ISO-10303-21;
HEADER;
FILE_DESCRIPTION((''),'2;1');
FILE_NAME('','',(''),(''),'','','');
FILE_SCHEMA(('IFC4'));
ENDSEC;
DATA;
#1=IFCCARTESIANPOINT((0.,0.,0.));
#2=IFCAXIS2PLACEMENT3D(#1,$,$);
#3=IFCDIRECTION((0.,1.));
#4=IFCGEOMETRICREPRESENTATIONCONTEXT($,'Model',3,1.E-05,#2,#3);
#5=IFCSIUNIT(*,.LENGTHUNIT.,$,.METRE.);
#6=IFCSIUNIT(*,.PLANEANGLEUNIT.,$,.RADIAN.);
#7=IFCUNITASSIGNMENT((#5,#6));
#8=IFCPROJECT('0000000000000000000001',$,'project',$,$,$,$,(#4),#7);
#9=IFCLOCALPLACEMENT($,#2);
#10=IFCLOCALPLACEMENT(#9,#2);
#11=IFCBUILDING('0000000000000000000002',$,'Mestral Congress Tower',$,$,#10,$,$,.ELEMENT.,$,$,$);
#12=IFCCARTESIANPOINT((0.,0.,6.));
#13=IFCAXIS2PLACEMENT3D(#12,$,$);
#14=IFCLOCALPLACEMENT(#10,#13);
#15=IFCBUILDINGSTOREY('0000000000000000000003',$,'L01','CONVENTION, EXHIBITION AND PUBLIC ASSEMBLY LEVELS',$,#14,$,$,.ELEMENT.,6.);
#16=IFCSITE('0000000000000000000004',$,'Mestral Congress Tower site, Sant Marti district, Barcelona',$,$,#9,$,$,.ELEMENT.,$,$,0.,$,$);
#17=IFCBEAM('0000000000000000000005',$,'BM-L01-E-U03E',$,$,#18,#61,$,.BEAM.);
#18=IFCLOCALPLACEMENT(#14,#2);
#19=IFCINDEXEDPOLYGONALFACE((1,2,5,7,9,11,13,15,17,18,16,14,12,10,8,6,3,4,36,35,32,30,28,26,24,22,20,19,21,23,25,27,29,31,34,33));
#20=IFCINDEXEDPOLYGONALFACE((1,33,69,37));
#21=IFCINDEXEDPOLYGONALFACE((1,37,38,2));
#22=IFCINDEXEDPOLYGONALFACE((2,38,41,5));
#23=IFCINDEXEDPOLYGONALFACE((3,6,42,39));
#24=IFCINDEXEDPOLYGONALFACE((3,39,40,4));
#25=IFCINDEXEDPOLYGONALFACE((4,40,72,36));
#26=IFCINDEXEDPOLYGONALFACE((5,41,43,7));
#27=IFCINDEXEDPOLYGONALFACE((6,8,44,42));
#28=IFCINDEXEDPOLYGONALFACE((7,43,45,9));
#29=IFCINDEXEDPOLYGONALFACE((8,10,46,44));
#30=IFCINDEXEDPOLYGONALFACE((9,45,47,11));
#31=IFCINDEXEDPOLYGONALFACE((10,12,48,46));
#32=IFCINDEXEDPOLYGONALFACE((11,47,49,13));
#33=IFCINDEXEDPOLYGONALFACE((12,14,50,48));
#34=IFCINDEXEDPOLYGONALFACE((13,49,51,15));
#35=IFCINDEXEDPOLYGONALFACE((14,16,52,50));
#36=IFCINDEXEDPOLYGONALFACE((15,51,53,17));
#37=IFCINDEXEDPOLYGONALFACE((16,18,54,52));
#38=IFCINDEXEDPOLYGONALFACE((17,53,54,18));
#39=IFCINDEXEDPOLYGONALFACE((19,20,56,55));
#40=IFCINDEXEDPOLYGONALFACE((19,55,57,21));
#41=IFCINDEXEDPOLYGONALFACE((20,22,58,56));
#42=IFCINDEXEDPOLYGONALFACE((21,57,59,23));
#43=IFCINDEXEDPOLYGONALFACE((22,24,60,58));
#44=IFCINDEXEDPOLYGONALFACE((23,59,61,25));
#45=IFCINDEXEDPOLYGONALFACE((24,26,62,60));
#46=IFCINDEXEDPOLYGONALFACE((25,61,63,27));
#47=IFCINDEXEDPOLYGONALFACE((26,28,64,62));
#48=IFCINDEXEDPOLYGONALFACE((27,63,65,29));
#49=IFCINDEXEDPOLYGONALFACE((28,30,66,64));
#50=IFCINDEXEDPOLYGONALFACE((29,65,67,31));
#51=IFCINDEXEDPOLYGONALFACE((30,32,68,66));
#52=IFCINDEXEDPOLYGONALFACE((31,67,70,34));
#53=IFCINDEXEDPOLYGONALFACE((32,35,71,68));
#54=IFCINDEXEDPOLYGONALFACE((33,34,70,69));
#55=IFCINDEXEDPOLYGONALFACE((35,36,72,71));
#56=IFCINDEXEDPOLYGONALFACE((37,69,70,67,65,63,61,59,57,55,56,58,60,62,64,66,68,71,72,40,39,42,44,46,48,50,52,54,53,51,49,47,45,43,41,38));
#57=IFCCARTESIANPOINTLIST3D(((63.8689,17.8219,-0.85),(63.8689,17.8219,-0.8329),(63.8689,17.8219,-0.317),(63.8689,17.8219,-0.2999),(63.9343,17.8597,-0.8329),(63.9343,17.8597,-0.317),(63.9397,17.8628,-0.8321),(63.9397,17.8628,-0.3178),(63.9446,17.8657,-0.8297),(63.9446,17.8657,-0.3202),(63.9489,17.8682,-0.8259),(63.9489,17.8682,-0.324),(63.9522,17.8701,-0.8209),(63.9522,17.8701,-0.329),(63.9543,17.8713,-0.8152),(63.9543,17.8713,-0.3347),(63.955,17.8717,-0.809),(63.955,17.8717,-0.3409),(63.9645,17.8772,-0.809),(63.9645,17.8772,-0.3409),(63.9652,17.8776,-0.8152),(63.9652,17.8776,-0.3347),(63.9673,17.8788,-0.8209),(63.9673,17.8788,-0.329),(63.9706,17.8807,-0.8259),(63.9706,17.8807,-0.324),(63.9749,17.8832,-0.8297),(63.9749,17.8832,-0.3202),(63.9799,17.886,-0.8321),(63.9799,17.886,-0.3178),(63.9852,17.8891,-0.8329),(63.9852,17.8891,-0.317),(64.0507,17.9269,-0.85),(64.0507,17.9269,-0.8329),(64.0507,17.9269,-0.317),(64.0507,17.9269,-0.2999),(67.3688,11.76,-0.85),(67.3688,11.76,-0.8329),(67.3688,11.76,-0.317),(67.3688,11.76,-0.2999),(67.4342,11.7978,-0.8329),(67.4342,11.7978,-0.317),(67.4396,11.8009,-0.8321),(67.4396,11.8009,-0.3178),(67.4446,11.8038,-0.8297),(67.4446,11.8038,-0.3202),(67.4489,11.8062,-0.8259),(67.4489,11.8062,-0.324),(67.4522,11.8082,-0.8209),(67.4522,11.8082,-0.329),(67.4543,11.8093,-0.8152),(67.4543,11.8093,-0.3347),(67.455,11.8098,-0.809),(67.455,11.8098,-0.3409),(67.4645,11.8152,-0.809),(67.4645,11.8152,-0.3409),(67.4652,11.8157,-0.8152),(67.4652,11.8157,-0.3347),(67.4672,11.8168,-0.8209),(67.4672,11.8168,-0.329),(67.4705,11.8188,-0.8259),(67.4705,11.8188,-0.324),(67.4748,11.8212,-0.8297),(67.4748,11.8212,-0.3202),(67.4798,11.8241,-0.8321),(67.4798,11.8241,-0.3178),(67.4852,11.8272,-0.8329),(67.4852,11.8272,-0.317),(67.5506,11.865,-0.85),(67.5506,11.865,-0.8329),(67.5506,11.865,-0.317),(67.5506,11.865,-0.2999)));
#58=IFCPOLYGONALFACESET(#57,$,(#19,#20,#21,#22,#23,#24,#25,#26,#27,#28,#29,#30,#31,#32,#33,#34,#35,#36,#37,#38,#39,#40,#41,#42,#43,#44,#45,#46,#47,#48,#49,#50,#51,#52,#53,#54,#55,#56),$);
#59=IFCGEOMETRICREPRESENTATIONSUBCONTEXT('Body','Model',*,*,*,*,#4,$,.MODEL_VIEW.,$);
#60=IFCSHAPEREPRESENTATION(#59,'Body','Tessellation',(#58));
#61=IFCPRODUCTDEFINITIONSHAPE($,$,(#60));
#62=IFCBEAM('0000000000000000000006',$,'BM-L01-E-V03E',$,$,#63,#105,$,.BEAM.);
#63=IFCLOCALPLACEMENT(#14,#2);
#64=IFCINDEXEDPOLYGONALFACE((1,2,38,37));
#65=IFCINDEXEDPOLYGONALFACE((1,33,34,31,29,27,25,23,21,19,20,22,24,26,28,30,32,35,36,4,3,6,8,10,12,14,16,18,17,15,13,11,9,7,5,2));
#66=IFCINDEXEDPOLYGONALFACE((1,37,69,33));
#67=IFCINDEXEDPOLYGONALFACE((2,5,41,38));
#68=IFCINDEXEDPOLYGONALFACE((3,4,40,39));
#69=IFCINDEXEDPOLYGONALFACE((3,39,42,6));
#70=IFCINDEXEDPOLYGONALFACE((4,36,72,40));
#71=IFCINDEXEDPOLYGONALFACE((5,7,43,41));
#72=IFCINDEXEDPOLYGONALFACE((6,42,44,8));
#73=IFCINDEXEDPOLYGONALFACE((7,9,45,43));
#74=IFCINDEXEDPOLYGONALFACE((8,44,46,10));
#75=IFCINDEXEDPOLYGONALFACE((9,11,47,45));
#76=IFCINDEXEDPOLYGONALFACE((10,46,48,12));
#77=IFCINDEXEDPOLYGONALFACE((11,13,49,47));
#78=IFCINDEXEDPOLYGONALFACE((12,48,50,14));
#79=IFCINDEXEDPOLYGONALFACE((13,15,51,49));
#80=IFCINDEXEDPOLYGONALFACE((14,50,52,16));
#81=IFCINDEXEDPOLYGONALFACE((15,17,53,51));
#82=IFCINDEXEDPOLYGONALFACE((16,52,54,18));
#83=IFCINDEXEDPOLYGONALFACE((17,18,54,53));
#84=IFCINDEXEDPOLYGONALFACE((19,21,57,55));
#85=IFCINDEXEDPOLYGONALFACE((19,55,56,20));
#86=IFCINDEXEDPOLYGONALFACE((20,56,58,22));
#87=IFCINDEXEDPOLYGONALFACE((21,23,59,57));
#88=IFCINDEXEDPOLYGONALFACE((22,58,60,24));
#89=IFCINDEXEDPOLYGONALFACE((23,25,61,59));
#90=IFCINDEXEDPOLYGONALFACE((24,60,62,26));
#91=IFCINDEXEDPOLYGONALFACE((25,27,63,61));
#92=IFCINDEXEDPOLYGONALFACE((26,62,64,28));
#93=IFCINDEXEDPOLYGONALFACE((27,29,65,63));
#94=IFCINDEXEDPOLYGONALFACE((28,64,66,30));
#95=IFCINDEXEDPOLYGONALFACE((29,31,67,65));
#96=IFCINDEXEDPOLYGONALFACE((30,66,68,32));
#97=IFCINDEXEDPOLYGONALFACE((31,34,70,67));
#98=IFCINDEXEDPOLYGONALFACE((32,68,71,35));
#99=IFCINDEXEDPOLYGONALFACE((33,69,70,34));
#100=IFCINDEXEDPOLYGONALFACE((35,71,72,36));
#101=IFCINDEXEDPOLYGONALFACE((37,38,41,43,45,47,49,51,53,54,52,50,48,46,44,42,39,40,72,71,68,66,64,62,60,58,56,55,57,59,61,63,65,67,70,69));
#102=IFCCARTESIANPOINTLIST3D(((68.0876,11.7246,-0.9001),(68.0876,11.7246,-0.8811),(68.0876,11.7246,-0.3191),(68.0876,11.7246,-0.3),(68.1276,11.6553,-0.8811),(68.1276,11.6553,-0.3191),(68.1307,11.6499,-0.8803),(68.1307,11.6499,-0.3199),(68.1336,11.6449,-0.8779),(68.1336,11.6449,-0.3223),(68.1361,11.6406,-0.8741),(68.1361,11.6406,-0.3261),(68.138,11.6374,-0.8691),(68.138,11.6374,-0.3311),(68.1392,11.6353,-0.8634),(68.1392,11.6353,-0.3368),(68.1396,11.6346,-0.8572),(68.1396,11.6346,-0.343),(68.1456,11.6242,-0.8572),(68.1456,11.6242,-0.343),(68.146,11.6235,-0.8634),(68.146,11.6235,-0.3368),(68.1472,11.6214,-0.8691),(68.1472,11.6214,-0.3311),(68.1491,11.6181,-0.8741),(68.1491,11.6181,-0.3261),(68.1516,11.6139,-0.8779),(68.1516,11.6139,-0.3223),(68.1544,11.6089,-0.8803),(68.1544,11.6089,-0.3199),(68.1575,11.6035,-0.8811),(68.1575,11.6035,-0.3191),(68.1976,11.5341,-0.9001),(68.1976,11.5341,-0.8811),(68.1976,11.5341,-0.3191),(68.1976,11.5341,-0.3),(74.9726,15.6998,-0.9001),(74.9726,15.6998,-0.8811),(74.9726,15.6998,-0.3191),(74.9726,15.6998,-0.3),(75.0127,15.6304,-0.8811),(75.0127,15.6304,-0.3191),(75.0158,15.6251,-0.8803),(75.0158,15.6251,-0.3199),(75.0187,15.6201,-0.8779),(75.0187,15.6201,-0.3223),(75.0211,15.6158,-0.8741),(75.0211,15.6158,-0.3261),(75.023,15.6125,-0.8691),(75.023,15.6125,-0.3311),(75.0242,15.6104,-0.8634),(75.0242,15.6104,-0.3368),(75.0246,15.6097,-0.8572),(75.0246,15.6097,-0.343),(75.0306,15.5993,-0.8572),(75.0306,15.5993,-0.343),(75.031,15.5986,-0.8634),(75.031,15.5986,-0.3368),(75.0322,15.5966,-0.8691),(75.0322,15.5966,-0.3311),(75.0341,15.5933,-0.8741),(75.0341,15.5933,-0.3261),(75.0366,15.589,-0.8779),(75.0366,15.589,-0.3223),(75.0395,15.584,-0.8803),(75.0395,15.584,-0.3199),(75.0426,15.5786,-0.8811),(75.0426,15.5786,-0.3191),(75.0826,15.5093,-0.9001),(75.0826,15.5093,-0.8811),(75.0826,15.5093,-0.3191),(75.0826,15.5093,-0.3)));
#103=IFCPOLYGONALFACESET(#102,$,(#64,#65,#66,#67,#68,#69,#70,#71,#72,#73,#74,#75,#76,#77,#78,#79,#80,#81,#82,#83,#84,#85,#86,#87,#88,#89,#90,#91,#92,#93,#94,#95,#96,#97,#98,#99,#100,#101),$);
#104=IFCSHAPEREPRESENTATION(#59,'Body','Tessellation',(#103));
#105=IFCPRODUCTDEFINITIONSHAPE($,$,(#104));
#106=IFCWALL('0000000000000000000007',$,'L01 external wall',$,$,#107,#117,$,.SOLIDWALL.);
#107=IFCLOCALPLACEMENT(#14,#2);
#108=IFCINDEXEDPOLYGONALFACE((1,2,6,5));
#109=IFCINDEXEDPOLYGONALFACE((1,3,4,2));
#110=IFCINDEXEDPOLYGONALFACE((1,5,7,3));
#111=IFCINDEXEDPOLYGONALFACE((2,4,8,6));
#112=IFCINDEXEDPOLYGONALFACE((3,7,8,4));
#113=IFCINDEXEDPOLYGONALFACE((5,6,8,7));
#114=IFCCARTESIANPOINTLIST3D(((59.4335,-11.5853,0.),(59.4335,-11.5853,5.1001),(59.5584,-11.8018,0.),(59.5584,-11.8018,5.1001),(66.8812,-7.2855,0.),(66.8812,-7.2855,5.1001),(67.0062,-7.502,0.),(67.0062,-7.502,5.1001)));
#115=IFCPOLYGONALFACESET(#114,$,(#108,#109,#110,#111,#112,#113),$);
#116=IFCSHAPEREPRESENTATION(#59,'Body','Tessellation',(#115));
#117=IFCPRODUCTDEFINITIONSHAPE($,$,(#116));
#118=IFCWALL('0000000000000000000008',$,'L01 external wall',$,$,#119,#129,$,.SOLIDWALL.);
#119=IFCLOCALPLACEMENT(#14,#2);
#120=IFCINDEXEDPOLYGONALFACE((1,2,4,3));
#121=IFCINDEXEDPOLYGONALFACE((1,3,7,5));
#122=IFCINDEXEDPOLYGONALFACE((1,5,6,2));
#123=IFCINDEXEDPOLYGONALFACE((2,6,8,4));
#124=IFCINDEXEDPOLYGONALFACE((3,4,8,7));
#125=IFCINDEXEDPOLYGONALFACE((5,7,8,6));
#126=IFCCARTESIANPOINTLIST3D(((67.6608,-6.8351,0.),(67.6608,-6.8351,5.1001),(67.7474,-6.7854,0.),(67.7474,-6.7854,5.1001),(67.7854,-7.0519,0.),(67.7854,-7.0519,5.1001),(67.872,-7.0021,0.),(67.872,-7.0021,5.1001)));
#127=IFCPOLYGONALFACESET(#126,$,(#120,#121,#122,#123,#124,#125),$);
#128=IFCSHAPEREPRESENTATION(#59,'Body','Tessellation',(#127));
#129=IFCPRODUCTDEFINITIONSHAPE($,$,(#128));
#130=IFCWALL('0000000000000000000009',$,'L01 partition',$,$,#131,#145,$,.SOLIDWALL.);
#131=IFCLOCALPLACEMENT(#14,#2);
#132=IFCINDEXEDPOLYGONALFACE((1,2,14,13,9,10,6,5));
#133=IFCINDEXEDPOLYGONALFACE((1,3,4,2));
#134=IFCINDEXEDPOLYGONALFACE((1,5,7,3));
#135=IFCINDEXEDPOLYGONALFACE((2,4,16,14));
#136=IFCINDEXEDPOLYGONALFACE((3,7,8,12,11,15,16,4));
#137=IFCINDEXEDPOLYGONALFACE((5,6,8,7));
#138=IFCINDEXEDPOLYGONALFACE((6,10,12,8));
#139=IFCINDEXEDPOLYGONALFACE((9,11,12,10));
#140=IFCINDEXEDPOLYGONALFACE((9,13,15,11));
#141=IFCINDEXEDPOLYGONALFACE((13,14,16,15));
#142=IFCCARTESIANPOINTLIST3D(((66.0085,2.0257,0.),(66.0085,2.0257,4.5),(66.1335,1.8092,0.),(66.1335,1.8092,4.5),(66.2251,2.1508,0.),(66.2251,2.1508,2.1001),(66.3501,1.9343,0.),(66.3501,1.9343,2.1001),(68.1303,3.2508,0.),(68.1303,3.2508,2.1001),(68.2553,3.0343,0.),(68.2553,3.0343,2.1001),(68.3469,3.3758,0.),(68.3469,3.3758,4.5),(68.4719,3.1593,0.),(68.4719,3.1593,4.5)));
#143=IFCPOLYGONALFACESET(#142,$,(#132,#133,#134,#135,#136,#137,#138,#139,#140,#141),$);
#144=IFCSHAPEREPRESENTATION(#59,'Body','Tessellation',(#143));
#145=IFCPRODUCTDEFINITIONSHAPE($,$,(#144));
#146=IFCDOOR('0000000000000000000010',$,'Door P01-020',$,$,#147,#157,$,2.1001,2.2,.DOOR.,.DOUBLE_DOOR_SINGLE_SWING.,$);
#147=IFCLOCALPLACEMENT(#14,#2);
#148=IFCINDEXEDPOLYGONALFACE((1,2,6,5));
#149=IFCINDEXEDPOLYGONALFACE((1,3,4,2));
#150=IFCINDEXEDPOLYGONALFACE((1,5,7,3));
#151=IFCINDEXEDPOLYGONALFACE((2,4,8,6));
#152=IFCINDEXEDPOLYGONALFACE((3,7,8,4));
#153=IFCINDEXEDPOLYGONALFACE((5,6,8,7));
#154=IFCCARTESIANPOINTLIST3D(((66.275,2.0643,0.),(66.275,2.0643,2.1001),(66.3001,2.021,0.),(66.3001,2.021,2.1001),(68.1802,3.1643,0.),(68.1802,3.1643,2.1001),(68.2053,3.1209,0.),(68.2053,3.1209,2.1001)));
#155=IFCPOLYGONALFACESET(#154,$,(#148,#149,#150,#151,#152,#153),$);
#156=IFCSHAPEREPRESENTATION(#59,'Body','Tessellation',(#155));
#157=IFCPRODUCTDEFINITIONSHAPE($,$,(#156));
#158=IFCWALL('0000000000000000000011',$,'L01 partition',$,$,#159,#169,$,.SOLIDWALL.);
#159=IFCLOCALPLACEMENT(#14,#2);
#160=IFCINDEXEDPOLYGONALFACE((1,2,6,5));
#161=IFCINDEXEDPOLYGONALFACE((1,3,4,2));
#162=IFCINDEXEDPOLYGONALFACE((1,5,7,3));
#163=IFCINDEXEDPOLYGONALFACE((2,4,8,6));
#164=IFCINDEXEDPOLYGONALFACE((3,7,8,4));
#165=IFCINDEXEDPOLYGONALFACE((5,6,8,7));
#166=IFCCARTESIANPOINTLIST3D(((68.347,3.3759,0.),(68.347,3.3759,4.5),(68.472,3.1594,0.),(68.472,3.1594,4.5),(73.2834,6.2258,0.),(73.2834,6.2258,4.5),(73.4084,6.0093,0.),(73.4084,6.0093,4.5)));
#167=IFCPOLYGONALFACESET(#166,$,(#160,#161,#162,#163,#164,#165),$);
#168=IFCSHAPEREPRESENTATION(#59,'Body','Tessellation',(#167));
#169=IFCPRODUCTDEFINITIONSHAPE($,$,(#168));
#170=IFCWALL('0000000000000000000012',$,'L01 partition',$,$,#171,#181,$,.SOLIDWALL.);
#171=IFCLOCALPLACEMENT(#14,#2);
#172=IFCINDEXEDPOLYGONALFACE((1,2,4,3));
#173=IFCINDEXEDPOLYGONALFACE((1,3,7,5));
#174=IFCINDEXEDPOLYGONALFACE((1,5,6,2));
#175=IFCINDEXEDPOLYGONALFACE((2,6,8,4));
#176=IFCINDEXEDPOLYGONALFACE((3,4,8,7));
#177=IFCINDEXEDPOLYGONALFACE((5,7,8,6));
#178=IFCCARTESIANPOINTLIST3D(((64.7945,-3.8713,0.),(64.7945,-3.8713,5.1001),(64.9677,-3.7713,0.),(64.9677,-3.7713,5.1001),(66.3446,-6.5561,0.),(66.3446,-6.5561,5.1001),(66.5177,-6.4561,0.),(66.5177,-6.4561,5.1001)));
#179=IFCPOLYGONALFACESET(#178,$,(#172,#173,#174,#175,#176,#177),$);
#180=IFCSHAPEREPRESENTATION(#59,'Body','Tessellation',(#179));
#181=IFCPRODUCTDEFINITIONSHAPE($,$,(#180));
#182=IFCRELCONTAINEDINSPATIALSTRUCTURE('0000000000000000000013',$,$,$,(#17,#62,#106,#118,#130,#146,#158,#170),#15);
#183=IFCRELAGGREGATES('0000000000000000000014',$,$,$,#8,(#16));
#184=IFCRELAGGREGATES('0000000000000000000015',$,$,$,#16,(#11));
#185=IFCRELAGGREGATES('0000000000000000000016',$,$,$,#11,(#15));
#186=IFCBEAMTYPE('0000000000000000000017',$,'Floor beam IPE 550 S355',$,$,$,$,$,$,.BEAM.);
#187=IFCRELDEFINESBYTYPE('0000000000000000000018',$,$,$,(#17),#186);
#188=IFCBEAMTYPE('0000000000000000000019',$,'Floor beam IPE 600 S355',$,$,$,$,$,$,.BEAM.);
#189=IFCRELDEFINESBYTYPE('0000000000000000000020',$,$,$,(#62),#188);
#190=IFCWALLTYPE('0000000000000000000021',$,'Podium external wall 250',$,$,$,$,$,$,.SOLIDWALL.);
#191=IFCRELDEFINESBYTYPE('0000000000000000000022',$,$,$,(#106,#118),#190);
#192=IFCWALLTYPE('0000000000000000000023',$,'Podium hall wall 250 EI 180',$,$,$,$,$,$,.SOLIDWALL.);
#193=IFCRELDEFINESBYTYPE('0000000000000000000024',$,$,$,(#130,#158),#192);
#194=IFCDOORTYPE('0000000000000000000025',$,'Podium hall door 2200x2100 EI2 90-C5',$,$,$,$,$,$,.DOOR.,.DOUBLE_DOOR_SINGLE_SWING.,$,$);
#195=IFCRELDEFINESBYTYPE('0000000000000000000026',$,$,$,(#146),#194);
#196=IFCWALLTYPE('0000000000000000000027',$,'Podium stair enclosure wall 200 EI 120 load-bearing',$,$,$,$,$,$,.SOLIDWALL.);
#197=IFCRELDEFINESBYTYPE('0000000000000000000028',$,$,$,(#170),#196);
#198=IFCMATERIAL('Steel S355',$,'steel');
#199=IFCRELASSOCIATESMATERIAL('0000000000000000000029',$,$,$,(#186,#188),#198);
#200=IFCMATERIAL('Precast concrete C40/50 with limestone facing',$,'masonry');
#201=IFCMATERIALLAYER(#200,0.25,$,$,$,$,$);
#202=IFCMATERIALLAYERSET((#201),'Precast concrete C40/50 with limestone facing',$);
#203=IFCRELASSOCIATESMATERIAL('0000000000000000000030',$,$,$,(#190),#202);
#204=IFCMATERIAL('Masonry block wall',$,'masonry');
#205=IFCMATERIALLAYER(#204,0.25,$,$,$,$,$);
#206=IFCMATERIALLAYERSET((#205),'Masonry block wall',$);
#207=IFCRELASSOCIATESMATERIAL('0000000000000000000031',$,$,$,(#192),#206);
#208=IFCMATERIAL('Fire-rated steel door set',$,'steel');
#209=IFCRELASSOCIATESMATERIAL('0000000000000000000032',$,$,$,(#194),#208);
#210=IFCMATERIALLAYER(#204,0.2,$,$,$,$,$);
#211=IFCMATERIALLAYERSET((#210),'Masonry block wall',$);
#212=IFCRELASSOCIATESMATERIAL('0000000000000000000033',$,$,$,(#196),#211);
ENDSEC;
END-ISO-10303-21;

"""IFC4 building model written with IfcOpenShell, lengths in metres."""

from ifc_helpers import new_model, si_unit, direction, frame, frame_2d, origin, origin_2d, place, context, subcontext, project, spatial, rectangle, i_section, extrude, material, layer, layer_set, material_profile, profile_set, type_object, element, fill, save


model = new_model("IFC4")

# Units and contexts
model_context = context("Model", 3, precision=1e-05, world=origin(), true_north=direction((0.0, 1.0)))
body_context = subcontext(model_context, "Body", "Model", "MODEL_VIEW")
ifc_project = project(units=[si_unit("LENGTHUNIT", "METRE"), si_unit("PLANEANGLEUNIT", "RADIAN")], contexts=[model_context])

# Site, building, storey
site_placement = place(None, origin())
site = spatial("IfcSite", under=ifc_project, at=site_placement, Name="Mestral Congress Tower site, Sant Marti district, Barcelona", CompositionType="ELEMENT", RefElevation=0.0)
building_placement = place(site_placement, origin())
building = spatial("IfcBuilding", under=site, at=building_placement, Name="Mestral Congress Tower", CompositionType="ELEMENT")
storey_placement = place(building_placement, frame((0.0, 0.0, 6.0)))
storey = spatial("IfcBuildingStorey", under=building, at=storey_placement, Name="L01", Description="CONVENTION, EXHIBITION AND PUBLIC ASSEMBLY LEVELS", CompositionType="ELEMENT", Elevation=6.0)

# Beams
ifc_material_1 = material(Name="Steel S355", Category="steel")
ifc_material_profile_1 = material_profile(ifc_material_1, i_section(OverallWidth=0.21, OverallDepth=0.55, WebThickness=0.011, FlangeThickness=0.0171, FilletRadius=0.0239, at=origin_2d()), Name="IPE 550")
ifc_profile_set_1 = profile_set([ifc_material_profile_1], Name="Steel S355")
beam_type_1 = type_object("IfcBeamType", Name="Floor beam IPE 550 S355", PredefinedType="BEAM", material=ifc_profile_set_1)
for number, where, z_axis, x_axis, name in (
    (1, (67.4597, 11.8125, -0.575), (-0.50001, 0.866019, 0.0), (-0.866019, -0.50001, 0.0), "BM-L01-E-U03E"),
):
    element("IfcBeam", number, at=place(storey_placement, frame(where, z_axis=z_axis, x_axis=x_axis)), inside=storey, type_object=beam_type_1, Name=name, PredefinedType="BEAM", context=body_context, shape_type="SweptSolid", body=[
        extrude(i_section(OverallWidth=0.21, OverallDepth=0.55, WebThickness=0.011, FlangeThickness=0.0171, FilletRadius=0.0239, at=origin_2d()), origin(), (0.0, 0.0, 1.0), 6.9998),
    ])
ifc_material_profile_2 = material_profile(ifc_material_1, i_section(OverallWidth=0.22, OverallDepth=0.6001, WebThickness=0.012, FlangeThickness=0.019, FilletRadius=0.0239, at=origin_2d()), Name="IPE 600")
ifc_profile_set_2 = profile_set([ifc_material_profile_2], Name="Steel S355")
beam_type_2 = type_object("IfcBeamType", Name="Floor beam IPE 600 S355", PredefinedType="BEAM", material=ifc_profile_set_2)
beam_1_placement = place(storey_placement, frame((68.1426, 11.6294, -0.6001), z_axis=(0.866023, 0.500003, 0.0), x_axis=(-0.500003, 0.866023, 0.0)))
element("IfcBeam", 2, at=beam_1_placement, inside=storey, type_object=beam_type_2, Name="BM-L01-E-V03E", PredefinedType="BEAM", context=body_context, shape_type="SweptSolid", body=[
    extrude(i_section(OverallWidth=0.22, OverallDepth=0.6001, WebThickness=0.012, FlangeThickness=0.019, FilletRadius=0.0239, at=origin_2d()), origin(), (0.0, 0.0, 1.0), 7.9502),
])

# Walls
ifc_material_2 = material(Name="Precast concrete C40/50 with limestone facing", Category="masonry")
ifc_layer_1 = layer(ifc_material_2, 0.25)
ifc_layer_set_1 = layer_set([ifc_layer_1], Name="Precast concrete C40/50 with limestone facing")
wall_type_1 = type_object("IfcWallType", Name="Podium external wall 250", PredefinedType="SOLIDWALL", material=ifc_layer_set_1)
wall_1_placement = place(storey_placement, frame((66.9436, -7.3938, 0.0), z_axis=(0.0, 0.0, 1.0), x_axis=(-0.866033, -0.499986, 0.0)))
element("IfcWall", 3, at=wall_1_placement, inside=storey, type_object=wall_type_1, Name="L01 external wall", PredefinedType="SOLIDWALL", context=body_context, shape_type="SweptSolid", body=[
    extrude(rectangle(XDim=8.5999, YDim=0.25, at=frame_2d((4.2998, 0.0))), origin(), (0.0, 0.0, 1.0), 5.1001),
])
wall_2_placement = place(storey_placement, frame((67.8096, -6.8938, 0.0), z_axis=(0.0, 0.0, 1.0), x_axis=(-0.867038, -0.498242, 0.0)))
element("IfcWall", 4, at=wall_2_placement, inside=storey, type_object=wall_type_1, Name="L01 external wall", PredefinedType="SOLIDWALL", context=body_context, shape_type="SweptSolid", body=[
    extrude(rectangle(XDim=0.0999, YDim=0.25, at=frame_2d((0.0498, 0.0))), origin(), (0.0, 0.0, 1.0), 5.1001),
])

# Wall, opening, door
ifc_material_3 = material(Name="Masonry block wall", Category="masonry")
ifc_layer_2 = layer(ifc_material_3, 0.25)
ifc_layer_set_2 = layer_set([ifc_layer_2], Name="Masonry block wall")
wall_type_2 = type_object("IfcWallType", Name="Podium hall wall 250 EI 180", PredefinedType="SOLIDWALL", material=ifc_layer_set_2)
wall_3_placement = place(storey_placement, frame((68.4094, 3.2676, 0.0), z_axis=(0.0, 0.0, 1.0), x_axis=(-0.86602, -0.500009, 0.0)))
wall_3 = element("IfcWall", 5, at=wall_3_placement, inside=storey, type_object=wall_type_2, Name="L01 partition", PredefinedType="SOLIDWALL", context=body_context, shape_type="SweptSolid", body=[
    extrude(rectangle(XDim=2.7002, YDim=0.25, at=frame_2d((1.3501, 0.0))), origin(), (0.0, 0.0, 1.0), 4.5),
])
opening_1_placement = place(wall_3_placement, frame((0.25, 0.0, 0.0)))
opening_1 = element("IfcOpeningElement", 6, at=opening_1_placement, cuts=wall_3, PredefinedType="OPENING", context=body_context, shape_type="SweptSolid", body=[
    extrude(rectangle(XDim=2.2, YDim=2.1001, at=frame_2d((1.1001, 1.05))), frame((0.0, 0.135, 0.0), z_axis=(0.0, -1.0, 0.0), x_axis=(1.0, 0.0, 0.0)), (0.0, 0.0, 1.0), 0.27),
])
ifc_material_4 = material(Name="Fire-rated steel door set", Category="steel")
door_type_1 = type_object("IfcDoorType", Name="Podium hall door 2200x2100 EI2 90-C5", OperationType="DOUBLE_DOOR_SINGLE_SWING", PredefinedType="DOOR", material=ifc_material_4)
door_1_placement = place(opening_1_placement, origin())
door_1 = element("IfcDoor", 7, at=door_1_placement, inside=storey, type_object=door_type_1, Name="Door P01-020", OperationType="DOUBLE_DOOR_SINGLE_SWING", OverallHeight=2.1001, OverallWidth=2.2, PredefinedType="DOOR", context=body_context, shape_type="SweptSolid", body=[
    extrude(rectangle(XDim=2.2, YDim=2.1001, at=frame_2d((1.1001, 1.05))), frame((0.0, 0.0249, 0.0), z_axis=(0.0, -1.0, 0.0), x_axis=(1.0, 0.0, 0.0)), (0.0, 0.0, 1.0), 0.05),
])
fill(opening_1, door_1)

# Walls
wall_4_placement = place(storey_placement, frame((68.4094, 3.2676, 0.0), z_axis=(0.0, 0.0, 1.0), x_axis=(0.866034, 0.499986, 0.0)))
element("IfcWall", 8, at=wall_4_placement, inside=storey, type_object=wall_type_2, Name="L01 partition", PredefinedType="SOLIDWALL", context=body_context, shape_type="SweptSolid", body=[
    extrude(rectangle(XDim=5.7, YDim=0.25, at=frame_2d((2.8501, 0.0))), origin(), (0.0, 0.0, 1.0), 4.5),
])
ifc_layer_3 = layer(ifc_material_3, 0.2)
ifc_layer_set_3 = layer_set([ifc_layer_3], Name="Masonry block wall")
wall_type_3 = type_object("IfcWallType", Name="Podium stair enclosure wall 200 EI 120 load-bearing", PredefinedType="SOLIDWALL", material=ifc_layer_set_3)
wall_5_placement = place(storey_placement, frame((66.4312, -6.5061, 0.0), z_axis=(0.0, 0.0, 1.0), x_axis=(-0.499993, 0.86603, 0.0)))
element("IfcWall", 9, at=wall_5_placement, inside=storey, type_object=wall_type_3, Name="L01 partition", PredefinedType="SOLIDWALL", context=body_context, shape_type="SweptSolid", body=[
    extrude(rectangle(XDim=3.1001, YDim=0.2, at=frame_2d((1.55, 0.0))), origin(), (0.0, 0.0, 1.0), 5.1001),
])

save(model, "model.ifc")
